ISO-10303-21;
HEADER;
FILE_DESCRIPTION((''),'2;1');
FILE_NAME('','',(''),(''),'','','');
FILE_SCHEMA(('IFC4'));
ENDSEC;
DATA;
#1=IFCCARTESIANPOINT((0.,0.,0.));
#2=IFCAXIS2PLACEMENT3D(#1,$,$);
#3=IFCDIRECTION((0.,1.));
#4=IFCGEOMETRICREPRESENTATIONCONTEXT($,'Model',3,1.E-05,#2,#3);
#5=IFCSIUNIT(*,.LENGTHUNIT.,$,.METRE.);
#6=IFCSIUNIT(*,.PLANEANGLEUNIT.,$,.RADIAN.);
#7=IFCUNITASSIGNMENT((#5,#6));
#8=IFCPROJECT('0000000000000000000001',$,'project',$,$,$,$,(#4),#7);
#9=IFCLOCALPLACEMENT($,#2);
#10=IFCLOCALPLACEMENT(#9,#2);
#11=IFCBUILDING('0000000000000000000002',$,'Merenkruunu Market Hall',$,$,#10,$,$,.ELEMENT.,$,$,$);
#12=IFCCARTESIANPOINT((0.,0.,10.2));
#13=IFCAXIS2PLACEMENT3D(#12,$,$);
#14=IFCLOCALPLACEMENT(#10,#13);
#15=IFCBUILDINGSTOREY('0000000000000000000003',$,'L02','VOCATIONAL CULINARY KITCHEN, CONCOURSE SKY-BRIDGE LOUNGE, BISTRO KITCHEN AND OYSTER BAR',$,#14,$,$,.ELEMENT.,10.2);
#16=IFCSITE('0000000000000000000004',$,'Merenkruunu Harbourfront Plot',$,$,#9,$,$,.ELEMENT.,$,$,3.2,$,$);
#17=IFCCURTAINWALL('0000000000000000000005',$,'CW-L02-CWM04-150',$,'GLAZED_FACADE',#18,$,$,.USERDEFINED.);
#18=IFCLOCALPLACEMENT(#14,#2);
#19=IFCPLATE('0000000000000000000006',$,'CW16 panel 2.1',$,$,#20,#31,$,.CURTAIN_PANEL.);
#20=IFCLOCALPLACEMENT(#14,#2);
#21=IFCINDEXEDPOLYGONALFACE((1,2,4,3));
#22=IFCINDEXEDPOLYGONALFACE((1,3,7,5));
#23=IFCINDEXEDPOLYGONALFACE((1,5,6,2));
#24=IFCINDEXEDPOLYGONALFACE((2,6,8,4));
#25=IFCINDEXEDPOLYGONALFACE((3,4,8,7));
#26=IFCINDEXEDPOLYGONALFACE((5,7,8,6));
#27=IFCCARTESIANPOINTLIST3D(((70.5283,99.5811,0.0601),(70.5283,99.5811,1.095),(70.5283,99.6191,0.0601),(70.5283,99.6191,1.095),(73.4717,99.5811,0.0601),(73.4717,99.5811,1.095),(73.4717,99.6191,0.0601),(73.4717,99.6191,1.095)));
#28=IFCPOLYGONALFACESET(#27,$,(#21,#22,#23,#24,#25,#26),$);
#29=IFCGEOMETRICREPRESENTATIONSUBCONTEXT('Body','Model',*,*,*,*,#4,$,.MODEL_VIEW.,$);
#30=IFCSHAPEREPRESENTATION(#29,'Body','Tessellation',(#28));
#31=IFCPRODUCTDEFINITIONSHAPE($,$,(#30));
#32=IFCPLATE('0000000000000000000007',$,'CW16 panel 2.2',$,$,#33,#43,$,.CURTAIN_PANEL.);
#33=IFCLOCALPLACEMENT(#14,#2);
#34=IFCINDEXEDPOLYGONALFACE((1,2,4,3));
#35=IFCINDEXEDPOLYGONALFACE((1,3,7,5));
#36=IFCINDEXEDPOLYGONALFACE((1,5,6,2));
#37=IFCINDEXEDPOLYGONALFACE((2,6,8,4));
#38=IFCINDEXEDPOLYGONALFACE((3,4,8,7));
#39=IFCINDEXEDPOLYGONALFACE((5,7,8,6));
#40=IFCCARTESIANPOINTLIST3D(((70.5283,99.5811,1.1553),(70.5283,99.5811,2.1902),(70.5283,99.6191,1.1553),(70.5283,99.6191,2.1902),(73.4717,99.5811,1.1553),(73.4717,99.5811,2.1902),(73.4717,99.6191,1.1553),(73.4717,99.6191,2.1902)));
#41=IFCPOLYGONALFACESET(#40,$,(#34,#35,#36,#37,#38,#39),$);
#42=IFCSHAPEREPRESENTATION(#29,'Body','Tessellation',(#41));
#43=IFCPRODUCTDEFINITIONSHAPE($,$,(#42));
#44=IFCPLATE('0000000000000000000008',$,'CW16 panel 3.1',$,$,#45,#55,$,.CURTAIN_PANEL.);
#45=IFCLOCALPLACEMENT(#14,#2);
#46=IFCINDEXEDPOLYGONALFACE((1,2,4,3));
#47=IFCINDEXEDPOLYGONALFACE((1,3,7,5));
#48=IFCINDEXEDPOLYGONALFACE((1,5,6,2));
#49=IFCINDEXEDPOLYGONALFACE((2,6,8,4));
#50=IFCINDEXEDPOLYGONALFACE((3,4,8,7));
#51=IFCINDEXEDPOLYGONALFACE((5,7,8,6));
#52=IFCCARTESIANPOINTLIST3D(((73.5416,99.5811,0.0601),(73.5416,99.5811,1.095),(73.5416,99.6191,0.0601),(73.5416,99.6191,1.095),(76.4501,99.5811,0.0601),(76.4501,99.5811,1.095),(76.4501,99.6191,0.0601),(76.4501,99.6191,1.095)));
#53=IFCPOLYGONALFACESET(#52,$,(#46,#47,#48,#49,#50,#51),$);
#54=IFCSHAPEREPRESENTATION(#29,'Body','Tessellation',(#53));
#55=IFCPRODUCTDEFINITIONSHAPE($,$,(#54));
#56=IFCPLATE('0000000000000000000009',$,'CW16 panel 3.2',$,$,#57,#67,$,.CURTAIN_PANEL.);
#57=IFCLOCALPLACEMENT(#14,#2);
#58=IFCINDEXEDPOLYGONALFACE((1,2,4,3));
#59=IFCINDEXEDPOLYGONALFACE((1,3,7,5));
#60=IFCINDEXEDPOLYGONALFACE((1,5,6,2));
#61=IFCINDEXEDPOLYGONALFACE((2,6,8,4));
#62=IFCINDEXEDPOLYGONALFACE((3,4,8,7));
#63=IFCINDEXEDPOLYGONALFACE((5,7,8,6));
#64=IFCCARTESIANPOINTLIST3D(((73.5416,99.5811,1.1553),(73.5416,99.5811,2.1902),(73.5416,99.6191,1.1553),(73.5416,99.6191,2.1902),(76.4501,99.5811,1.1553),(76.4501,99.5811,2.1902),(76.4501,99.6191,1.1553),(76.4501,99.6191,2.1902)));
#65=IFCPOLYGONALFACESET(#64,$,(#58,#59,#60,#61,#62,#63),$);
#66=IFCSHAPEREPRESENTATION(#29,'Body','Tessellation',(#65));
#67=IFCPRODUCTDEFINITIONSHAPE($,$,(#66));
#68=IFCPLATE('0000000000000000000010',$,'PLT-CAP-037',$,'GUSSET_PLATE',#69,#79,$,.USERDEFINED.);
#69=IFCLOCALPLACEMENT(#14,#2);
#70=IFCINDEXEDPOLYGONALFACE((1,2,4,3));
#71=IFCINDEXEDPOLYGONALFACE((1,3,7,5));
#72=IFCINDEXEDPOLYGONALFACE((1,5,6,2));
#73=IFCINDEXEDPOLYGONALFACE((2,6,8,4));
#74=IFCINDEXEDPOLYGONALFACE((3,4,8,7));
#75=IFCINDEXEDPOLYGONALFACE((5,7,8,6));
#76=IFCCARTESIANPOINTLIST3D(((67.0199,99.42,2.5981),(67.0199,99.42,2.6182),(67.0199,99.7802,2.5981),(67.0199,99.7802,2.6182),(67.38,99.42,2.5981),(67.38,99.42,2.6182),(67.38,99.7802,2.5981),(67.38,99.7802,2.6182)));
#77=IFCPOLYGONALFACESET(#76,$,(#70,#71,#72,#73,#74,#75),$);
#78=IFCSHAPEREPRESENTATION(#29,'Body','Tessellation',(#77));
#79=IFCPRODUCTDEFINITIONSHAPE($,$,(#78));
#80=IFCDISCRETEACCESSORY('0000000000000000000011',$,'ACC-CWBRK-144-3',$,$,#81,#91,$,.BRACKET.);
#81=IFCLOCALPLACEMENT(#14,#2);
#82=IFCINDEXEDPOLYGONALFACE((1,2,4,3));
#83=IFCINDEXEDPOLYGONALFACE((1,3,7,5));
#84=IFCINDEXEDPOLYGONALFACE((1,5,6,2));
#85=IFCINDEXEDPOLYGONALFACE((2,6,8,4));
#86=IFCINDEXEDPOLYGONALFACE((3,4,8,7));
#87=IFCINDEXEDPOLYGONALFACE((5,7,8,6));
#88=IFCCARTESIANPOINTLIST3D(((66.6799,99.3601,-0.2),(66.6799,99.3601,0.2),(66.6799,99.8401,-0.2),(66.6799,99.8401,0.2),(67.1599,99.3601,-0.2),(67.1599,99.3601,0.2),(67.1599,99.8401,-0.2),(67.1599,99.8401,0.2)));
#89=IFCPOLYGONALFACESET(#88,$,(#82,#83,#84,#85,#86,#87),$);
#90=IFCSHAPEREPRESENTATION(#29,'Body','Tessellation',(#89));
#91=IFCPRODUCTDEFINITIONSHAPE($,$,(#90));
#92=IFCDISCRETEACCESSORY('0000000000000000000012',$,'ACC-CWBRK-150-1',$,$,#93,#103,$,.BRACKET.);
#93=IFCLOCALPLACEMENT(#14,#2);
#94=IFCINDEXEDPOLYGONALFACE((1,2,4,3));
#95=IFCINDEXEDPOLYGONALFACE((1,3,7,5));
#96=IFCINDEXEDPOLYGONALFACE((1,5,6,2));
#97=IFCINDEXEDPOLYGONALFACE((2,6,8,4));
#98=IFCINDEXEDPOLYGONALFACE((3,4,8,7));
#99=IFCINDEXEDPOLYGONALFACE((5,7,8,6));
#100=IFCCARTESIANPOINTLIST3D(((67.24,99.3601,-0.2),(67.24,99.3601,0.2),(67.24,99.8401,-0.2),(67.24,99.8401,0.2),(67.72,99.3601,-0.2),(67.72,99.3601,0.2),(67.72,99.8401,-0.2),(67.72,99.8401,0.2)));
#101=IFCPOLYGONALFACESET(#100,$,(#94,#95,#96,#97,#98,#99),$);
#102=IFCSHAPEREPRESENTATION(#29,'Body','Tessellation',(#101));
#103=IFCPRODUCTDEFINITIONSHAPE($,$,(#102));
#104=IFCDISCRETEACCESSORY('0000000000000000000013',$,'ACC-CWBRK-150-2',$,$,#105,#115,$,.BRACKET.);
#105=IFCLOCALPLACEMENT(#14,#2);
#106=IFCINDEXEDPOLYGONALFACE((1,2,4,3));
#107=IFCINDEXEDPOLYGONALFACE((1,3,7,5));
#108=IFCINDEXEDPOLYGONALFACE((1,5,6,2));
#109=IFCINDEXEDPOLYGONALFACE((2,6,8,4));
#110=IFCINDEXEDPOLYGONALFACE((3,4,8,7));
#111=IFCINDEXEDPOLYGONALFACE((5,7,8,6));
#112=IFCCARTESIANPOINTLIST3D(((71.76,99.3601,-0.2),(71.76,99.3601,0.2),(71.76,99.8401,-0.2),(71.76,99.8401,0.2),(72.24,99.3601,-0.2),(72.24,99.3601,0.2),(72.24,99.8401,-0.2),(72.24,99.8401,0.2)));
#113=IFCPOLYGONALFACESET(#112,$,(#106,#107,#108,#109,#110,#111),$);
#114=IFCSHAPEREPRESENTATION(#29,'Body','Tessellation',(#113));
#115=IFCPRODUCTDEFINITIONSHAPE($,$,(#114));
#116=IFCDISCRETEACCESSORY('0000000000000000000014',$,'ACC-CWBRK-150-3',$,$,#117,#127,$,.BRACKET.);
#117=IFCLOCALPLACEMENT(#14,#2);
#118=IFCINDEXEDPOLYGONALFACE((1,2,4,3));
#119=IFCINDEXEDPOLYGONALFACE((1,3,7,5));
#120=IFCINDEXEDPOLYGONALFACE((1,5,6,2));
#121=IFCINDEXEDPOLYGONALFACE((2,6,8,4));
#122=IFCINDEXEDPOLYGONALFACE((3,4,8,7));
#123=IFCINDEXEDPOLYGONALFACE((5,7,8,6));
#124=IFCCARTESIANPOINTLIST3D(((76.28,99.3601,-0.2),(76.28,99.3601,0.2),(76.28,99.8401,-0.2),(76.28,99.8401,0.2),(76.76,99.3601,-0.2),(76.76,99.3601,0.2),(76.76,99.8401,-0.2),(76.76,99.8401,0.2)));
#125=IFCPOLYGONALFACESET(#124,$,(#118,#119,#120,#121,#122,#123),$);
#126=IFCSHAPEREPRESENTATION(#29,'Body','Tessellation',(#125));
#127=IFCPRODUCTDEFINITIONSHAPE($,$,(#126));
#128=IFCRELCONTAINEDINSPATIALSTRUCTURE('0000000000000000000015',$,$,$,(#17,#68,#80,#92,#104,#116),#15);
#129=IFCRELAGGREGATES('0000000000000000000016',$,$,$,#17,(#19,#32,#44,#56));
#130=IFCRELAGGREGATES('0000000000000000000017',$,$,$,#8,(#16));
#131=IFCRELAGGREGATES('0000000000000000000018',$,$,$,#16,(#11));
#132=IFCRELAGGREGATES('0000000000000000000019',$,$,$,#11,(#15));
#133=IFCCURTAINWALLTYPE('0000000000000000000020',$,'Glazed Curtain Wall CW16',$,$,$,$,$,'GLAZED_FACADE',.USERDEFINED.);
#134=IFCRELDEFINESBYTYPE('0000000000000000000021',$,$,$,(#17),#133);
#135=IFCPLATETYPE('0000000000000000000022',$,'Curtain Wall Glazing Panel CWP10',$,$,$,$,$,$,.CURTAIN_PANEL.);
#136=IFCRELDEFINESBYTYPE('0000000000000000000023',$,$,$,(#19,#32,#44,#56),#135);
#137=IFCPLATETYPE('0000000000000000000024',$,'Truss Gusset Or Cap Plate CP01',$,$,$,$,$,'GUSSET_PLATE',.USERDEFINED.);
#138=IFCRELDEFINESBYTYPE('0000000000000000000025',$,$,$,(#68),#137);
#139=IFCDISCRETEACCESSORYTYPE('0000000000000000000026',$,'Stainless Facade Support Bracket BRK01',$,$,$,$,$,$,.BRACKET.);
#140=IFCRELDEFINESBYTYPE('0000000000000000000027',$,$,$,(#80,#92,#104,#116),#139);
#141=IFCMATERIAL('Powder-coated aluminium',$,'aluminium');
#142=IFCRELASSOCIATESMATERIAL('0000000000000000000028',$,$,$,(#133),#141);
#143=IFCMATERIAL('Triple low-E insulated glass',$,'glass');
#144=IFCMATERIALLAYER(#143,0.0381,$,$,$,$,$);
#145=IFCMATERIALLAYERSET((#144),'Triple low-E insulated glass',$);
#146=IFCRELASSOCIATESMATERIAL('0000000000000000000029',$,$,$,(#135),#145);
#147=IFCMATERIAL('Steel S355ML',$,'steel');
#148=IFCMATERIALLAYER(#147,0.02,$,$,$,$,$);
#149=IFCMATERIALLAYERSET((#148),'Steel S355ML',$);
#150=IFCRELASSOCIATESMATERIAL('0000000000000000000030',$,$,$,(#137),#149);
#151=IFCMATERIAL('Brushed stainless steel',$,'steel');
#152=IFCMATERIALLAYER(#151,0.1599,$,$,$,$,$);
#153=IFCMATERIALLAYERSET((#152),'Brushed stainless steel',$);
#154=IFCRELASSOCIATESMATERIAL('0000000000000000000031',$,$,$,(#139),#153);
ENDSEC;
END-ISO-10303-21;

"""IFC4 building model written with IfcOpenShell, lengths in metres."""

from ifc_helpers import new_model, si_unit, direction, frame, origin, origin_2d, place, context, subcontext, project, spatial, rectangle, extrude, material, layer, layer_set, type_object, element, aggregate, save


model = new_model("IFC4")

# Units and contexts
model_context = context("Model", 3, precision=1e-05, world=origin(), true_north=direction((0.0, 1.0)))
body_context = subcontext(model_context, "Body", "Model", "MODEL_VIEW")
ifc_project = project(units=[si_unit("LENGTHUNIT", "METRE"), si_unit("PLANEANGLEUNIT", "RADIAN")], contexts=[model_context])

# Site, building, storey
site_placement = place(None, origin())
site = spatial("IfcSite", under=ifc_project, at=site_placement, Name="Merenkruunu Harbourfront Plot", CompositionType="ELEMENT", RefElevation=3.2)
building_placement = place(site_placement, origin())
building = spatial("IfcBuilding", under=site, at=building_placement, Name="Merenkruunu Market Hall", CompositionType="ELEMENT")
storey_placement = place(building_placement, frame((0.0, 0.0, 10.2)))
storey = spatial("IfcBuildingStorey", under=building, at=storey_placement, Name="L02", Description="VOCATIONAL CULINARY KITCHEN, CONCOURSE SKY-BRIDGE LOUNGE, BISTRO KITCHEN AND OYSTER BAR", CompositionType="ELEMENT", Elevation=10.2)

# Shared definitions
ifc_material_1 = material(Name="Steel S355ML", Category="steel")

# Curtain wall
ifc_material_2 = material(Name="Powder-coated aluminium", Category="aluminium")
curtain_wall_type = type_object("IfcCurtainWallType", Name="Glazed Curtain Wall CW16", ElementType="GLAZED_FACADE", PredefinedType="USERDEFINED", material=ifc_material_2)
curtain_wall_placement = place(storey_placement, origin())
curtain_wall = element("IfcCurtainWall", 1, at=curtain_wall_placement, inside=storey, type_object=curtain_wall_type, Name="CW-L02-CWM04-150", ObjectType="GLAZED_FACADE", PredefinedType="USERDEFINED")

# Plates
ifc_material_3 = material(Name="Triple low-E insulated glass", Category="glass")
ifc_layer_1 = layer(ifc_material_3, 0.0381)
ifc_layer_set_1 = layer_set([ifc_layer_1], Name="Triple low-E insulated glass")
plate_type_1 = type_object("IfcPlateType", Name="Curtain Wall Glazing Panel CWP10", PredefinedType="CURTAIN_PANEL", material=ifc_layer_set_1)
plate_1_placement = place(storey_placement, frame((72.0, 99.6001, 0.0601), z_axis=(0.0, 0.0, 1.0), x_axis=(1.0, 0.0, 0.0)))
plate_1 = element("IfcPlate", 2, at=plate_1_placement, type_object=plate_type_1, Name="CW16 panel 2.1", PredefinedType="CURTAIN_PANEL", context=body_context, shape_type="SweptSolid", body=[
    extrude(rectangle(XDim=2.9434, YDim=0.0381, at=origin_2d()), origin(), (0.0, 0.0, 1.0), 1.0349),
])
plate_2_placement = place(storey_placement, frame((72.0, 99.6001, 1.1553), z_axis=(0.0, 0.0, 1.0), x_axis=(1.0, 0.0, 0.0)))
plate_2 = element("IfcPlate", 3, at=plate_2_placement, type_object=plate_type_1, Name="CW16 panel 2.2", PredefinedType="CURTAIN_PANEL", context=body_context, shape_type="SweptSolid", body=[
    extrude(rectangle(XDim=2.9434, YDim=0.0381, at=origin_2d()), origin(), (0.0, 0.0, 1.0), 1.0349),
])
plate_3_placement = place(storey_placement, frame((74.9958, 99.6001, 0.0601), z_axis=(0.0, 0.0, 1.0), x_axis=(1.0, 0.0, 0.0)))
plate_3 = element("IfcPlate", 4, at=plate_3_placement, type_object=plate_type_1, Name="CW16 panel 3.1", PredefinedType="CURTAIN_PANEL", context=body_context, shape_type="SweptSolid", body=[
    extrude(rectangle(XDim=2.9084, YDim=0.0381, at=origin_2d()), origin(), (0.0, 0.0, 1.0), 1.0349),
])
plate_4_placement = place(storey_placement, frame((74.9958, 99.6001, 1.1553), z_axis=(0.0, 0.0, 1.0), x_axis=(1.0, 0.0, 0.0)))
plate_4 = element("IfcPlate", 5, at=plate_4_placement, type_object=plate_type_1, Name="CW16 panel 3.2", PredefinedType="CURTAIN_PANEL", context=body_context, shape_type="SweptSolid", body=[
    extrude(rectangle(XDim=2.9084, YDim=0.0381, at=origin_2d()), origin(), (0.0, 0.0, 1.0), 1.0349),
])
aggregate(curtain_wall, [plate_1, plate_2, plate_3, plate_4])
ifc_layer_2 = layer(ifc_material_1, 0.02)
ifc_layer_set_2 = layer_set([ifc_layer_2], Name="Steel S355ML")
plate_type_2 = type_object("IfcPlateType", Name="Truss Gusset Or Cap Plate CP01", ElementType="GUSSET_PLATE", PredefinedType="USERDEFINED", material=ifc_layer_set_2)
plate_5_placement = place(storey_placement, frame((67.2, 99.6001, 2.5981), z_axis=(0.0, 0.0, 1.0), x_axis=(1.0, 0.0, 0.0)))
element("IfcPlate", 6, at=plate_5_placement, inside=storey, type_object=plate_type_2, Name="PLT-CAP-037", ObjectType="GUSSET_PLATE", PredefinedType="USERDEFINED", context=body_context, shape_type="SweptSolid", body=[
    extrude(rectangle(XDim=0.3601, YDim=0.3601, at=origin_2d()), origin(), (0.0, 0.0, 1.0), 0.02),
])

# Discrete accessories
ifc_material_4 = material(Name="Brushed stainless steel", Category="steel")
ifc_layer_3 = layer(ifc_material_4, 0.1599)
ifc_layer_set_3 = layer_set([ifc_layer_3], Name="Brushed stainless steel")
discrete_accessory_type = type_object("IfcDiscreteAccessoryType", Name="Stainless Facade Support Bracket BRK01", PredefinedType="BRACKET", material=ifc_layer_set_3)
for number, where, z_axis, x_axis, name in (
    (7, (66.9199, 99.6001, -0.2), (0.0, 0.0, 1.0), (1.0, 0.0, 0.0), "ACC-CWBRK-144-3"),
    (8, (67.48, 99.6001, -0.2), (0.0, 0.0, 1.0), (1.0, 0.0, 0.0), "ACC-CWBRK-150-1"),
    (9, (72.0, 99.6001, -0.2), (0.0, 0.0, 1.0), (1.0, 0.0, 0.0), "ACC-CWBRK-150-2"),
    (10, (76.52, 99.6001, -0.2), (0.0, 0.0, 1.0), (1.0, 0.0, 0.0), "ACC-CWBRK-150-3"),
):
    element("IfcDiscreteAccessory", number, at=place(storey_placement, frame(where, z_axis=z_axis, x_axis=x_axis)), inside=storey, type_object=discrete_accessory_type, Name=name, PredefinedType="BRACKET", context=body_context, shape_type="SweptSolid", body=[
        extrude(rectangle(XDim=0.48, YDim=0.48, at=origin_2d()), origin(), (0.0, 0.0, 1.0), 0.3999),
    ])

save(model, "model.ifc")
